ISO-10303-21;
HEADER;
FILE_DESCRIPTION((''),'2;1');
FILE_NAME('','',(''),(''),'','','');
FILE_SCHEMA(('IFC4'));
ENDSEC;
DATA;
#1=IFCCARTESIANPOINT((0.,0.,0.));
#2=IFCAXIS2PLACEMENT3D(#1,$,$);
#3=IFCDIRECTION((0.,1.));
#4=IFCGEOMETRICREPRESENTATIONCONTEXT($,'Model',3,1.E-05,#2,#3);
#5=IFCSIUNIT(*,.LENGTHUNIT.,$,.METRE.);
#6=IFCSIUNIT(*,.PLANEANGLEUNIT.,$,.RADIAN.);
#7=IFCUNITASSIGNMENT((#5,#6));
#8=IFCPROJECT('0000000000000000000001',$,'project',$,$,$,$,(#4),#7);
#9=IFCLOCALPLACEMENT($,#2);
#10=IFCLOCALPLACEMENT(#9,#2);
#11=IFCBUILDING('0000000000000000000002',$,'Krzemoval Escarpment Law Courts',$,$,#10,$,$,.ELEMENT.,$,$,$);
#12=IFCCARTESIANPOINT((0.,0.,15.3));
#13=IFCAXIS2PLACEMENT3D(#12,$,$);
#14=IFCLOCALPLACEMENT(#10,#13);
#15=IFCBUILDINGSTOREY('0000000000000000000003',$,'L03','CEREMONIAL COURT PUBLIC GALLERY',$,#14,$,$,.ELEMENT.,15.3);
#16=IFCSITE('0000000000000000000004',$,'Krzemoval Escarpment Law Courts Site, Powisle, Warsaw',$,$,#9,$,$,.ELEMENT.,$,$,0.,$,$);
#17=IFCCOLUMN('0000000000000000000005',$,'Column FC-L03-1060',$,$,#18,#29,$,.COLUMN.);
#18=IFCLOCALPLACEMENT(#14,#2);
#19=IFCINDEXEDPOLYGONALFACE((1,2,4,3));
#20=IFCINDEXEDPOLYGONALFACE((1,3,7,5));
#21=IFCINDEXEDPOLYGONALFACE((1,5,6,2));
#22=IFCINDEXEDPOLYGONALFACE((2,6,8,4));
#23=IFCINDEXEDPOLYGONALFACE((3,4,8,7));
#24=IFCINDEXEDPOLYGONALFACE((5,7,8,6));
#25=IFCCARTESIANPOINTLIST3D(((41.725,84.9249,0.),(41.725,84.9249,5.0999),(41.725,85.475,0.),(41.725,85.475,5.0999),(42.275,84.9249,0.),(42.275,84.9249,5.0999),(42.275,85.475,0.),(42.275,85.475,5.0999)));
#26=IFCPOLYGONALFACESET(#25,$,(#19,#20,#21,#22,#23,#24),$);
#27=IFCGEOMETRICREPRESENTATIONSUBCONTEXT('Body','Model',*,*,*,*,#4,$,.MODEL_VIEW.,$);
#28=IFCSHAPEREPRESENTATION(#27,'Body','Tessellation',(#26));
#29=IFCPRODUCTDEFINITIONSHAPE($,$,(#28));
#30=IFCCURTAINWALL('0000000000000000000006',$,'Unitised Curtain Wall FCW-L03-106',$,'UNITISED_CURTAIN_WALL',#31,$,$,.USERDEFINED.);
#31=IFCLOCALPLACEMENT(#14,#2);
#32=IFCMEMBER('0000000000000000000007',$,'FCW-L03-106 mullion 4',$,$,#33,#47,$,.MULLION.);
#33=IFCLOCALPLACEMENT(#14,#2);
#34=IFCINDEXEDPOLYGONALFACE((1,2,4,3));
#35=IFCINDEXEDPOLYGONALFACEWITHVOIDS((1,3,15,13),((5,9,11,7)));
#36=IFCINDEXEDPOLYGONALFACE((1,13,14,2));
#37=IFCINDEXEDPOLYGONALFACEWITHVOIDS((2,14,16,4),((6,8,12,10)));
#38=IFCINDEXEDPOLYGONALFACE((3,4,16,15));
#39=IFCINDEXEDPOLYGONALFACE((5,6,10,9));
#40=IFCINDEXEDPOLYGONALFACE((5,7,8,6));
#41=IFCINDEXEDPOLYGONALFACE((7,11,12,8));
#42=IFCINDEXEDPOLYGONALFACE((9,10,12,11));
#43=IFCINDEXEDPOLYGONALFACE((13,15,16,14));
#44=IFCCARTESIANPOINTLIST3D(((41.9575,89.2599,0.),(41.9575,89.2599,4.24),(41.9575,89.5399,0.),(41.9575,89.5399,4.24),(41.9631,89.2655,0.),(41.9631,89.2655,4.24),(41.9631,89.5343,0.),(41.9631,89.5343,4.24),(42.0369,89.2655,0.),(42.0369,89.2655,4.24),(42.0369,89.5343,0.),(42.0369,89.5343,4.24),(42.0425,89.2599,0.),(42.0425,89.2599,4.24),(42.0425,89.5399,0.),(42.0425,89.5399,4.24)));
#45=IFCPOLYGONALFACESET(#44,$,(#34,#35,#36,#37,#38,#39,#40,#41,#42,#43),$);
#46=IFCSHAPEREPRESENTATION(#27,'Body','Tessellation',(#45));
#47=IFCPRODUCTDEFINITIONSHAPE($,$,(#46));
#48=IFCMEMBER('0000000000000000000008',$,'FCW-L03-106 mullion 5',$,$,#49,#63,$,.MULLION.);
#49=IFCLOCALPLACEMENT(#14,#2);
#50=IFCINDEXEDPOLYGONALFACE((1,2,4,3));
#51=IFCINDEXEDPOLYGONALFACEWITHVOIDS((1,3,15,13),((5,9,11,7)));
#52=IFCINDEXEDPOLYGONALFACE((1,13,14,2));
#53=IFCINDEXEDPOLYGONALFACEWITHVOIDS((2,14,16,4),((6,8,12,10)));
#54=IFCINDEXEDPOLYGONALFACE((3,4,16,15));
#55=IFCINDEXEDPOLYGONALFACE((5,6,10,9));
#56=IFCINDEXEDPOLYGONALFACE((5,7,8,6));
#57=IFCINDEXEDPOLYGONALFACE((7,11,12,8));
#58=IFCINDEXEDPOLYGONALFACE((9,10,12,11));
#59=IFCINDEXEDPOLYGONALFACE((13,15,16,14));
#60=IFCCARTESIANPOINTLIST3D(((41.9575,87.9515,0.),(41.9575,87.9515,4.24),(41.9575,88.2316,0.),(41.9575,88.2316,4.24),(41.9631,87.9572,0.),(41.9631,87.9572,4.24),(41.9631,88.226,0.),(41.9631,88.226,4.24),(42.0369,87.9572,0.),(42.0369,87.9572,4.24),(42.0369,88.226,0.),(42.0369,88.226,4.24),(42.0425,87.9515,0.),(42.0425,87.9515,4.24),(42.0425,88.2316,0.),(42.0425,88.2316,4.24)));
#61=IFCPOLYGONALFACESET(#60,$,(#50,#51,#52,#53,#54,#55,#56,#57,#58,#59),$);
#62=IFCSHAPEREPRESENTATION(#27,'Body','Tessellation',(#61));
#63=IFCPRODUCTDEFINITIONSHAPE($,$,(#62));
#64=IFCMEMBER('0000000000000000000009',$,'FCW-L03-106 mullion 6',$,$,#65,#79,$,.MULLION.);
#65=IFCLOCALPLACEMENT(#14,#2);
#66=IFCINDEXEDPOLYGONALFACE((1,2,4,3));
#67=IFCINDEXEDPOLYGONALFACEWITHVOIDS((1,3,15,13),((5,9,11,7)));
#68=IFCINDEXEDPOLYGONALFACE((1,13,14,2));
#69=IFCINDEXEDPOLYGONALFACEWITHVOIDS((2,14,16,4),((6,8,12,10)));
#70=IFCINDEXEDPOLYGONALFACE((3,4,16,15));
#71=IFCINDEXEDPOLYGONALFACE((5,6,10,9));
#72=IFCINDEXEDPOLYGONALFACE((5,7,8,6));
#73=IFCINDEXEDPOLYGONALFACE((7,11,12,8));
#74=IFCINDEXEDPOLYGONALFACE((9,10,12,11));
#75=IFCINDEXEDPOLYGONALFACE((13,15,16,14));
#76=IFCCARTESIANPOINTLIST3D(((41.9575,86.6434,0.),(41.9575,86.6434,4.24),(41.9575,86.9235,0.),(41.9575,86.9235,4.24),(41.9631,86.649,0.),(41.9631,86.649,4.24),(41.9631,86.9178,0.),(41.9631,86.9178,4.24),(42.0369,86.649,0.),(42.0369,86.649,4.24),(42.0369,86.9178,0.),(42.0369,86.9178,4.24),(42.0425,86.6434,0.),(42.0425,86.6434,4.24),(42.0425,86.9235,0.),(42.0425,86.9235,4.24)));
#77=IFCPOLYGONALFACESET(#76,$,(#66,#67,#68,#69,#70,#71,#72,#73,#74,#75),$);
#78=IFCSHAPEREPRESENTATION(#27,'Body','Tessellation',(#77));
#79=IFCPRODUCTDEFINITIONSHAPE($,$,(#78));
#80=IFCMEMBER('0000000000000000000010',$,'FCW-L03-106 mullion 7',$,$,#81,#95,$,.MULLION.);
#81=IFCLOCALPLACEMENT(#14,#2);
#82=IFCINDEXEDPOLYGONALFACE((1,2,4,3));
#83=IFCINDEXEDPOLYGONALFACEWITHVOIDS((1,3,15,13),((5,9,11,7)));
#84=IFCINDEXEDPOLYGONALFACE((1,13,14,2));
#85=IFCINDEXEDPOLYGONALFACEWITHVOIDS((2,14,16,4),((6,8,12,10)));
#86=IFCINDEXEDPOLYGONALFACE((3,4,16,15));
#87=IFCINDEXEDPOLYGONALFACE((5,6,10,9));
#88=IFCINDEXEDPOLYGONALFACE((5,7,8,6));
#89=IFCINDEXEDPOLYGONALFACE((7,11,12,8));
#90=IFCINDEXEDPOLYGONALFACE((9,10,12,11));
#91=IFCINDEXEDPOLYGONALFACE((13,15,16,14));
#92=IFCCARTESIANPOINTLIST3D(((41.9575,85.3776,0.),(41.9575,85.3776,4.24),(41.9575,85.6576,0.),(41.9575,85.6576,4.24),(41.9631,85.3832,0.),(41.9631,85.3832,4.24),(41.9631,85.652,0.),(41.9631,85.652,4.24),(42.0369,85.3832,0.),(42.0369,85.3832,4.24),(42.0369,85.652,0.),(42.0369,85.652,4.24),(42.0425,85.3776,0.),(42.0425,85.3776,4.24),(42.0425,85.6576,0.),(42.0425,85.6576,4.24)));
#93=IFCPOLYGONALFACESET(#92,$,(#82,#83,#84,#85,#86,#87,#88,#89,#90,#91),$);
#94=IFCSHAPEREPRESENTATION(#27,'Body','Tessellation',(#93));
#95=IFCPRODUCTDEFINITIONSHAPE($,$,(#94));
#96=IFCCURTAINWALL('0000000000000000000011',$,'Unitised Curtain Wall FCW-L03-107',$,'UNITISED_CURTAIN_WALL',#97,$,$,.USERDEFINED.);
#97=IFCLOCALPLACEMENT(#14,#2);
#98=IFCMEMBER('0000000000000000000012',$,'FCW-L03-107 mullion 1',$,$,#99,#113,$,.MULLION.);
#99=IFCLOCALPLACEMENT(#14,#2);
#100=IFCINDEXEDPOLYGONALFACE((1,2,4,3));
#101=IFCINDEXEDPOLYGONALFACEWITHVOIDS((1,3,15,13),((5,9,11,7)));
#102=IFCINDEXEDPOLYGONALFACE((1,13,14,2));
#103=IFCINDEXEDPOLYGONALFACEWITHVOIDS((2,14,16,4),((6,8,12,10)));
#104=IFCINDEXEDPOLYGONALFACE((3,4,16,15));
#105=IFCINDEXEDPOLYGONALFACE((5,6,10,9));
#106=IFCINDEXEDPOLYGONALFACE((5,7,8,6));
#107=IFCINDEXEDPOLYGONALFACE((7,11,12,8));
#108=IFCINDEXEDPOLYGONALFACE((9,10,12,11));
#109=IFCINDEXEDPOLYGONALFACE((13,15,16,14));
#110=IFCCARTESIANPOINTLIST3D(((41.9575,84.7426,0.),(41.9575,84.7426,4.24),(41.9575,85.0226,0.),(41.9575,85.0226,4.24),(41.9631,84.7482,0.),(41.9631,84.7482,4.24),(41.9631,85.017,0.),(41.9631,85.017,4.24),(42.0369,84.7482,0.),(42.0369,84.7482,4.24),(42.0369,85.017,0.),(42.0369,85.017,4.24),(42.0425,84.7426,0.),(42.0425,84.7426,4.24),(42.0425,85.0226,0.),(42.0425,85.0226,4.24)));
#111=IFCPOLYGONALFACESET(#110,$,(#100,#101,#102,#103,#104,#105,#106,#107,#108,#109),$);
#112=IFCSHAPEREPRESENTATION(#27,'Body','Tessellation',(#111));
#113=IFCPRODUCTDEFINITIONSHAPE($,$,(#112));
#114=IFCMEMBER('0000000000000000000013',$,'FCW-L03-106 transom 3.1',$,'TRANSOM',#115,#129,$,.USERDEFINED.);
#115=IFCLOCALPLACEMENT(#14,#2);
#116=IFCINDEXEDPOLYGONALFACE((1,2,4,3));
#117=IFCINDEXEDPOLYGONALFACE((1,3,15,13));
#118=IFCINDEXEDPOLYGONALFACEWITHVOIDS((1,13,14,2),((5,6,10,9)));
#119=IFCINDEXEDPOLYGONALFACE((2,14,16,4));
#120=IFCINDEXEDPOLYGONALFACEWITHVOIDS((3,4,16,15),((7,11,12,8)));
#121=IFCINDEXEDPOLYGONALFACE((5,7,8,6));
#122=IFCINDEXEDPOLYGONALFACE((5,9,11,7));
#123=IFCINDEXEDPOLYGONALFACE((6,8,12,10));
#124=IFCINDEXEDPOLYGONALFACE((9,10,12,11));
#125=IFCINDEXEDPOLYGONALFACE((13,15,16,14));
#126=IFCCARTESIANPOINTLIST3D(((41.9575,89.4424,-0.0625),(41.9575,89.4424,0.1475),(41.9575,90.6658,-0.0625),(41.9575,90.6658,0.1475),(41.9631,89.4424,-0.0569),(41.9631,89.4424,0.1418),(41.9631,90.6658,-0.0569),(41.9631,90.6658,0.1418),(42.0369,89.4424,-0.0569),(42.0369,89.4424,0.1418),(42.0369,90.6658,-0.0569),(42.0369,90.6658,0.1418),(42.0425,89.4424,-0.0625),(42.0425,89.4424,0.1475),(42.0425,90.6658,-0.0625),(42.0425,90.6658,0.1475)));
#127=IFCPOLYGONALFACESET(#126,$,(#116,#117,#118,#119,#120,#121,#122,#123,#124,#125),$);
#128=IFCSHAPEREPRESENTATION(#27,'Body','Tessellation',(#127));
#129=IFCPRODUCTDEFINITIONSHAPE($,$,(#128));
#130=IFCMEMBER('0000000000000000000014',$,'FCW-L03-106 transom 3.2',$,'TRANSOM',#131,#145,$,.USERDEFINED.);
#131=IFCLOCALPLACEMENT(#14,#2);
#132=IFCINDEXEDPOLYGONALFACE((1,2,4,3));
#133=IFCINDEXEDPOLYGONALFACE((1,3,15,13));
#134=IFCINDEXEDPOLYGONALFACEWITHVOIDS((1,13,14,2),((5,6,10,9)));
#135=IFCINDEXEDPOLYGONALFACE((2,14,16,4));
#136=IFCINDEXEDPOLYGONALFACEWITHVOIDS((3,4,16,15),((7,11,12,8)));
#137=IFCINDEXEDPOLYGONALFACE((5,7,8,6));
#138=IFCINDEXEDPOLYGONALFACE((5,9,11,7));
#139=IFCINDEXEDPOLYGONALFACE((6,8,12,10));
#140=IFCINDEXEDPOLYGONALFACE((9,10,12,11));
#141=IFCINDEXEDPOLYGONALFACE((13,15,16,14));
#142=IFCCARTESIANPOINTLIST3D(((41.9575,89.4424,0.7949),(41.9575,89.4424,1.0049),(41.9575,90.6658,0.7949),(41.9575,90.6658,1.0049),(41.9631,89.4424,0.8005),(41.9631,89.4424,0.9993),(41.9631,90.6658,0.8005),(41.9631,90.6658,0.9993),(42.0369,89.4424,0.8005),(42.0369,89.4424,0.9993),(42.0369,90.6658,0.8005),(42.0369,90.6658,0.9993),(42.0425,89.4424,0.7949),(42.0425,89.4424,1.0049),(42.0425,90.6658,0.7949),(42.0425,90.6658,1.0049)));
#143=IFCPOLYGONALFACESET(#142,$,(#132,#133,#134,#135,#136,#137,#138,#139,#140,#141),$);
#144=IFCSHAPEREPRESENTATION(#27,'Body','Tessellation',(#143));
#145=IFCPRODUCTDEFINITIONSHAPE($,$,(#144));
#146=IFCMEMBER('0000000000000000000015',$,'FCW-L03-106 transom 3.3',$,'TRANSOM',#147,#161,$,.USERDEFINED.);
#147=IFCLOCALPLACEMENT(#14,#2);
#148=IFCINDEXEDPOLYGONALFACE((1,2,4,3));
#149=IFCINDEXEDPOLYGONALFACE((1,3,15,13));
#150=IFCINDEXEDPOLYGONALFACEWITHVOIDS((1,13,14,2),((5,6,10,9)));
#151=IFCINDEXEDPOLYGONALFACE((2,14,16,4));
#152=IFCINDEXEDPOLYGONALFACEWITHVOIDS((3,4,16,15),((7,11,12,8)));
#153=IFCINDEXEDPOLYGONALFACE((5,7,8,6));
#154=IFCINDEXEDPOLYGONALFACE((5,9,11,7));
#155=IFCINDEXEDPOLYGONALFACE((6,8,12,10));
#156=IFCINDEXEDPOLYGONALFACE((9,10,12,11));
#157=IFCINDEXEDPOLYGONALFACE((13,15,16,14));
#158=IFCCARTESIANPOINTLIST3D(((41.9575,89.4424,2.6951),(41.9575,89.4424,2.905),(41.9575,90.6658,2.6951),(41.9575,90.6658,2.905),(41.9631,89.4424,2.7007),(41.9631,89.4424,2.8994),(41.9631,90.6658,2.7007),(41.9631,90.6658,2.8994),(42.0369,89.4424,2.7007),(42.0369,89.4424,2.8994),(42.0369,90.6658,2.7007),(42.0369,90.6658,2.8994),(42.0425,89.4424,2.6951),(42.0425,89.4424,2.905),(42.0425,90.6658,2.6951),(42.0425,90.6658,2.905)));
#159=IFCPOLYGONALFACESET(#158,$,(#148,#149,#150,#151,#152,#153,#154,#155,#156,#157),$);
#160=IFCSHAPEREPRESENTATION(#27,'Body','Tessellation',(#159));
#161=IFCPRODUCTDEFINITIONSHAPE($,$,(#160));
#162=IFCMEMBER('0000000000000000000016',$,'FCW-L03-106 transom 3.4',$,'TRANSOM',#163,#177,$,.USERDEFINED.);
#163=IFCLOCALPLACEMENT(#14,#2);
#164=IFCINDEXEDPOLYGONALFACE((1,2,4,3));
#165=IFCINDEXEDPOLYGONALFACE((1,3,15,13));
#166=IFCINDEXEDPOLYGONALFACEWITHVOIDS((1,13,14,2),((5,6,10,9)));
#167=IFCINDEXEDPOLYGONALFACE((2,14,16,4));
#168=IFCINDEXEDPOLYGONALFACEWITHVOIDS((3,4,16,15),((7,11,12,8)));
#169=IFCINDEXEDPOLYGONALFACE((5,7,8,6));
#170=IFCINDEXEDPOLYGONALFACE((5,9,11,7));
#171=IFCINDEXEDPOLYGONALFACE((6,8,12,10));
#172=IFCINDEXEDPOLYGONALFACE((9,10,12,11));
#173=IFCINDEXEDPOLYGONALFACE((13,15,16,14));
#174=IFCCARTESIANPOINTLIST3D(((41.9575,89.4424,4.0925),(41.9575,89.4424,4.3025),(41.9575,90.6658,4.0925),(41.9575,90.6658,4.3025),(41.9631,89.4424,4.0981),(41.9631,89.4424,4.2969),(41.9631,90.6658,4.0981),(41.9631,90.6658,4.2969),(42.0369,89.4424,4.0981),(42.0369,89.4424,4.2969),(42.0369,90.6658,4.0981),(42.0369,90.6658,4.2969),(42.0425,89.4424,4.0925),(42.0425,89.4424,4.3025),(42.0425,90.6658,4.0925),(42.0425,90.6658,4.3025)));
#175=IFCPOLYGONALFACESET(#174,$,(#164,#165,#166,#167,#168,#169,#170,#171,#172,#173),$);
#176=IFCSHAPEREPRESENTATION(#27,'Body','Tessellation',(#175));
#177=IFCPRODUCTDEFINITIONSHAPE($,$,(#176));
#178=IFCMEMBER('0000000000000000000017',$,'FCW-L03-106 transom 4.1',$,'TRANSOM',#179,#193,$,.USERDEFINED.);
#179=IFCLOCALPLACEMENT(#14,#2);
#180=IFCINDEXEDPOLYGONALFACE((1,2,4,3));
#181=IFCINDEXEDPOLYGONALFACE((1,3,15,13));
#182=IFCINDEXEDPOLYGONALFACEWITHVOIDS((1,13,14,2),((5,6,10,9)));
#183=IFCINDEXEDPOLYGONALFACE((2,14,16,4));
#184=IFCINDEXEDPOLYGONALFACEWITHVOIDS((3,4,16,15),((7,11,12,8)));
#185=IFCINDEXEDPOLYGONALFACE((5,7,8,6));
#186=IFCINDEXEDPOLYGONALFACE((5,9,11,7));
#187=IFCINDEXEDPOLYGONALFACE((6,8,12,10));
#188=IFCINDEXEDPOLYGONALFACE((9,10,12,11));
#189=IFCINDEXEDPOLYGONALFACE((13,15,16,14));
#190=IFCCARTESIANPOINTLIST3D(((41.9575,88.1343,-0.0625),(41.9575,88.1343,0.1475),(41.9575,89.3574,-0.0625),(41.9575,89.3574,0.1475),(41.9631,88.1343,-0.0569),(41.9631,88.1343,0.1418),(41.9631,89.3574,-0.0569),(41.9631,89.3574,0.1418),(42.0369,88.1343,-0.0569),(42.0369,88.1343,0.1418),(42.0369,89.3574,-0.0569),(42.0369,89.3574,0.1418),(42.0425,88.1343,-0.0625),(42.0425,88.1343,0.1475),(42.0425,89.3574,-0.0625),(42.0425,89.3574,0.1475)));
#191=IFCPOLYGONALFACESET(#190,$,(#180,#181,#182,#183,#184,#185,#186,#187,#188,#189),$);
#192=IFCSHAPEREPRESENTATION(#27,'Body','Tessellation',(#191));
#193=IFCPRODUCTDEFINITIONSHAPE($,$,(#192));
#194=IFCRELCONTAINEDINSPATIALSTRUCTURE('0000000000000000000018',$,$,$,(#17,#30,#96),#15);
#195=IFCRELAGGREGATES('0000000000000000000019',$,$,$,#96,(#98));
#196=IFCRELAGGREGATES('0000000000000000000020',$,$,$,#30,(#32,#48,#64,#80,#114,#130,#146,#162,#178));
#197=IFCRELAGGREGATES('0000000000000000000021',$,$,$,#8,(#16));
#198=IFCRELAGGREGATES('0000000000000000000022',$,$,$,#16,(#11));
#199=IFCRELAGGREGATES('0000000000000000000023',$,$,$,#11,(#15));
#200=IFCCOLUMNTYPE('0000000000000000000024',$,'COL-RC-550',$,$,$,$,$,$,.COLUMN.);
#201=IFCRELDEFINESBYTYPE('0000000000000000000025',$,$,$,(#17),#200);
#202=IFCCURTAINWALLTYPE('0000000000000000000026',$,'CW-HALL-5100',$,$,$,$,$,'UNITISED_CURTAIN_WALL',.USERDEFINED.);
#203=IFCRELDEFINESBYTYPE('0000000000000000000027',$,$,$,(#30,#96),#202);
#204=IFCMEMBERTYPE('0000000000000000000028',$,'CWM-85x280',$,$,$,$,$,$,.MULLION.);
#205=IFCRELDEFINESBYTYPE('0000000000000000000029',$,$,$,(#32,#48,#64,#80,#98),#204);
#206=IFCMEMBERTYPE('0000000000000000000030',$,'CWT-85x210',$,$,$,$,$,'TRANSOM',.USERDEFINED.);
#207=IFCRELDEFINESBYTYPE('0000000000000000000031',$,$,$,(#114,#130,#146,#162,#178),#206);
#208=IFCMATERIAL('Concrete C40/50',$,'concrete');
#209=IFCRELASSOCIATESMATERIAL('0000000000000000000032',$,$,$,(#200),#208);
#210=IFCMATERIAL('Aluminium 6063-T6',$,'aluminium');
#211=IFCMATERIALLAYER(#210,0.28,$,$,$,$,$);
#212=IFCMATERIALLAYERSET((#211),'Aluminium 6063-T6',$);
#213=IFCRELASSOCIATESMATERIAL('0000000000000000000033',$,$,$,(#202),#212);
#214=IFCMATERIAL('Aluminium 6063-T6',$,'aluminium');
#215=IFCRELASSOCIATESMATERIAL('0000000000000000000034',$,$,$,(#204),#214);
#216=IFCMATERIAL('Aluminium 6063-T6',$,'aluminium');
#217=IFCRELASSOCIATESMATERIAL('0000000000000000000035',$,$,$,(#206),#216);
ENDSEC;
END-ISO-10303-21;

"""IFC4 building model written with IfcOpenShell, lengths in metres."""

from ifc_helpers import new_model, si_unit, direction, frame, origin, origin_2d, place, context, subcontext, project, spatial, rectangle, hollow_rectangle, extrude, material, layer, layer_set, material_profile, profile_set, type_object, element, aggregate, save


model = new_model("IFC4")

# Units and contexts
model_context = context("Model", 3, precision=1e-05, world=origin(), true_north=direction((0.0, 1.0)))
body_context = subcontext(model_context, "Body", "Model", "MODEL_VIEW")
ifc_project = project(units=[si_unit("LENGTHUNIT", "METRE"), si_unit("PLANEANGLEUNIT", "RADIAN")], contexts=[model_context])

# Site, building, storey
site_placement = place(None, origin())
site = spatial("IfcSite", under=ifc_project, at=site_placement, Name="Krzemoval Escarpment Law Courts Site, Powisle, Warsaw", CompositionType="ELEMENT", RefElevation=0.0)
building_placement = place(site_placement, origin())
building = spatial("IfcBuilding", under=site, at=building_placement, Name="Krzemoval Escarpment Law Courts", CompositionType="ELEMENT")
storey_placement = place(building_placement, frame((0.0, 0.0, 15.3)))
storey = spatial("IfcBuildingStorey", under=building, at=storey_placement, Name="L03", Description="CEREMONIAL COURT PUBLIC GALLERY", CompositionType="ELEMENT", Elevation=15.3)

# Column
ifc_material_1 = material(Name="Concrete C40/50", Category="concrete")
ifc_material_profile_1 = material_profile(ifc_material_1, rectangle(XDim=0.55, YDim=0.55, at=origin_2d()), Name="RC 550x550")
ifc_profile_set_1 = profile_set([ifc_material_profile_1], Name="Concrete C40/50")
column_type = type_object("IfcColumnType", Name="COL-RC-550", PredefinedType="COLUMN", material=ifc_profile_set_1)
column_placement = place(storey_placement, frame((42.0, 85.2, 0.0), z_axis=(0.0, 0.0, 1.0), x_axis=(1.0, 0.0, 0.0)))
element("IfcColumn", 1, at=column_placement, inside=storey, type_object=column_type, Name="Column FC-L03-1060", PredefinedType="COLUMN", context=body_context, shape_type="SweptSolid", body=[
    extrude(rectangle(XDim=0.55, YDim=0.55, at=origin_2d()), origin(), (0.0, 0.0, 1.0), 5.0999),
])

# Curtain wall, members
ifc_material_2 = material(Name="Aluminium 6063-T6", Category="aluminium")
ifc_layer_1 = layer(ifc_material_2, 0.28)
ifc_layer_set_1 = layer_set([ifc_layer_1], Name="Aluminium 6063-T6")
curtain_wall_type = type_object("IfcCurtainWallType", Name="CW-HALL-5100", ElementType="UNITISED_CURTAIN_WALL", PredefinedType="USERDEFINED", material=ifc_layer_set_1)
curtain_wall_1_placement = place(storey_placement, origin())
curtain_wall_1 = element("IfcCurtainWall", 2, at=curtain_wall_1_placement, inside=storey, type_object=curtain_wall_type, Name="Unitised Curtain Wall FCW-L03-106", ObjectType="UNITISED_CURTAIN_WALL", PredefinedType="USERDEFINED")
ifc_material_3 = material(Name="Aluminium 6063-T6", Category="aluminium")
ifc_material_profile_2 = material_profile(ifc_material_3, hollow_rectangle(XDim=0.085, YDim=0.28, WallThickness=0.0056, at=origin_2d()), Name="ALU M85x280")
ifc_profile_set_2 = profile_set([ifc_material_profile_2], Name="Aluminium 6063-T6")
member_type_1 = type_object("IfcMemberType", Name="CWM-85x280", PredefinedType="MULLION", material=ifc_profile_set_2)
member_1_placement = place(storey_placement, frame((42.0, 89.3999, 0.0), z_axis=(0.0, 0.0, 1.0), x_axis=(1.0, 0.0, 0.0)))
member_1 = element("IfcMember", 3, at=member_1_placement, type_object=member_type_1, Name="FCW-L03-106 mullion 4", PredefinedType="MULLION", context=body_context, shape_type="SweptSolid", body=[
    extrude(hollow_rectangle(XDim=0.085, YDim=0.28, WallThickness=0.0056, at=origin_2d()), origin(), (0.0, 0.0, 1.0), 4.24),
])
member_2_placement = place(storey_placement, frame((42.0, 88.0916, 0.0), z_axis=(0.0, 0.0, 1.0), x_axis=(1.0, 0.0, 0.0)))
member_2 = element("IfcMember", 4, at=member_2_placement, type_object=member_type_1, Name="FCW-L03-106 mullion 5", PredefinedType="MULLION", context=body_context, shape_type="SweptSolid", body=[
    extrude(hollow_rectangle(XDim=0.085, YDim=0.28, WallThickness=0.0056, at=origin_2d()), origin(), (0.0, 0.0, 1.0), 4.24),
])
member_3_placement = place(storey_placement, frame((42.0, 86.7834, 0.0), z_axis=(0.0, 0.0, 1.0), x_axis=(1.0, 0.0, 0.0)))
member_3 = element("IfcMember", 5, at=member_3_placement, type_object=member_type_1, Name="FCW-L03-106 mullion 6", PredefinedType="MULLION", context=body_context, shape_type="SweptSolid", body=[
    extrude(hollow_rectangle(XDim=0.085, YDim=0.28, WallThickness=0.0056, at=origin_2d()), origin(), (0.0, 0.0, 1.0), 4.24),
])
member_4_placement = place(storey_placement, frame((42.0, 85.5176, 0.0), z_axis=(0.0, 0.0, 1.0), x_axis=(1.0, 0.0, 0.0)))
member_4 = element("IfcMember", 6, at=member_4_placement, type_object=member_type_1, Name="FCW-L03-106 mullion 7", PredefinedType="MULLION", context=body_context, shape_type="SweptSolid", body=[
    extrude(hollow_rectangle(XDim=0.085, YDim=0.28, WallThickness=0.0056, at=origin_2d()), origin(), (0.0, 0.0, 1.0), 4.24),
])

# Curtain wall, member
curtain_wall_2_placement = place(storey_placement, origin())
curtain_wall_2 = element("IfcCurtainWall", 7, at=curtain_wall_2_placement, inside=storey, type_object=curtain_wall_type, Name="Unitised Curtain Wall FCW-L03-107", ObjectType="UNITISED_CURTAIN_WALL", PredefinedType="USERDEFINED")
member_5_placement = place(storey_placement, frame((42.0, 84.8826, 0.0), z_axis=(0.0, 0.0, 1.0), x_axis=(1.0, 0.0, 0.0)))
member_5 = element("IfcMember", 8, at=member_5_placement, type_object=member_type_1, Name="FCW-L03-107 mullion 1", PredefinedType="MULLION", context=body_context, shape_type="SweptSolid", body=[
    extrude(hollow_rectangle(XDim=0.085, YDim=0.28, WallThickness=0.0056, at=origin_2d()), origin(), (0.0, 0.0, 1.0), 4.24),
])

# Members
ifc_material_4 = material(Name="Aluminium 6063-T6", Category="aluminium")
ifc_material_profile_3 = material_profile(ifc_material_4, hollow_rectangle(XDim=0.085, YDim=0.21, WallThickness=0.0056, at=origin_2d()), Name="ALU T85x210")
ifc_profile_set_3 = profile_set([ifc_material_profile_3], Name="Aluminium 6063-T6")
member_type_2 = type_object("IfcMemberType", Name="CWT-85x210", ElementType="TRANSOM", PredefinedType="USERDEFINED", material=ifc_profile_set_3)
member_6_placement = place(storey_placement, frame((42.0, 90.6658, 0.0425), z_axis=(0.0, -1.0, 0.0), x_axis=(1.0, 0.0, 0.0)))
member_6 = element("IfcMember", 9, at=member_6_placement, type_object=member_type_2, Name="FCW-L03-106 transom 3.1", ObjectType="TRANSOM", PredefinedType="USERDEFINED", context=body_context, shape_type="SweptSolid", body=[
    extrude(hollow_rectangle(XDim=0.085, YDim=0.21, WallThickness=0.0056, at=origin_2d()), origin(), (0.0, 0.0, 1.0), 1.2234),
])
member_7_placement = place(storey_placement, frame((42.0, 90.6658, 0.8999), z_axis=(0.0, -1.0, 0.0), x_axis=(1.0, 0.0, 0.0)))
member_7 = element("IfcMember", 10, at=member_7_placement, type_object=member_type_2, Name="FCW-L03-106 transom 3.2", ObjectType="TRANSOM", PredefinedType="USERDEFINED", context=body_context, shape_type="SweptSolid", body=[
    extrude(hollow_rectangle(XDim=0.085, YDim=0.21, WallThickness=0.0056, at=origin_2d()), origin(), (0.0, 0.0, 1.0), 1.2234),
])
member_8_placement = place(storey_placement, frame((42.0, 90.6658, 2.8), z_axis=(0.0, -1.0, 0.0), x_axis=(1.0, 0.0, 0.0)))
member_8 = element("IfcMember", 11, at=member_8_placement, type_object=member_type_2, Name="FCW-L03-106 transom 3.3", ObjectType="TRANSOM", PredefinedType="USERDEFINED", context=body_context, shape_type="SweptSolid", body=[
    extrude(hollow_rectangle(XDim=0.085, YDim=0.21, WallThickness=0.0056, at=origin_2d()), origin(), (0.0, 0.0, 1.0), 1.2234),
])
member_9_placement = place(storey_placement, frame((42.0, 90.6658, 4.1975), z_axis=(0.0, -1.0, 0.0), x_axis=(1.0, 0.0, 0.0)))
member_9 = element("IfcMember", 12, at=member_9_placement, type_object=member_type_2, Name="FCW-L03-106 transom 3.4", ObjectType="TRANSOM", PredefinedType="USERDEFINED", context=body_context, shape_type="SweptSolid", body=[
    extrude(hollow_rectangle(XDim=0.085, YDim=0.21, WallThickness=0.0056, at=origin_2d()), origin(), (0.0, 0.0, 1.0), 1.2234),
])
member_10_placement = place(storey_placement, frame((42.0, 89.3574, 0.0425), z_axis=(0.0, -1.0, 0.0), x_axis=(1.0, 0.0, 0.0)))
member_10 = element("IfcMember", 13, at=member_10_placement, type_object=member_type_2, Name="FCW-L03-106 transom 4.1", ObjectType="TRANSOM", PredefinedType="USERDEFINED", context=body_context, shape_type="SweptSolid", body=[
    extrude(hollow_rectangle(XDim=0.085, YDim=0.21, WallThickness=0.0056, at=origin_2d()), origin(), (0.0, 0.0, 1.0), 1.2231),
])
aggregate(curtain_wall_2, [member_5])

aggregate(curtain_wall_1, [member_1, member_2, member_3, member_4, member_6, member_7, member_8, member_9, member_10])

save(model, "model.ifc")
